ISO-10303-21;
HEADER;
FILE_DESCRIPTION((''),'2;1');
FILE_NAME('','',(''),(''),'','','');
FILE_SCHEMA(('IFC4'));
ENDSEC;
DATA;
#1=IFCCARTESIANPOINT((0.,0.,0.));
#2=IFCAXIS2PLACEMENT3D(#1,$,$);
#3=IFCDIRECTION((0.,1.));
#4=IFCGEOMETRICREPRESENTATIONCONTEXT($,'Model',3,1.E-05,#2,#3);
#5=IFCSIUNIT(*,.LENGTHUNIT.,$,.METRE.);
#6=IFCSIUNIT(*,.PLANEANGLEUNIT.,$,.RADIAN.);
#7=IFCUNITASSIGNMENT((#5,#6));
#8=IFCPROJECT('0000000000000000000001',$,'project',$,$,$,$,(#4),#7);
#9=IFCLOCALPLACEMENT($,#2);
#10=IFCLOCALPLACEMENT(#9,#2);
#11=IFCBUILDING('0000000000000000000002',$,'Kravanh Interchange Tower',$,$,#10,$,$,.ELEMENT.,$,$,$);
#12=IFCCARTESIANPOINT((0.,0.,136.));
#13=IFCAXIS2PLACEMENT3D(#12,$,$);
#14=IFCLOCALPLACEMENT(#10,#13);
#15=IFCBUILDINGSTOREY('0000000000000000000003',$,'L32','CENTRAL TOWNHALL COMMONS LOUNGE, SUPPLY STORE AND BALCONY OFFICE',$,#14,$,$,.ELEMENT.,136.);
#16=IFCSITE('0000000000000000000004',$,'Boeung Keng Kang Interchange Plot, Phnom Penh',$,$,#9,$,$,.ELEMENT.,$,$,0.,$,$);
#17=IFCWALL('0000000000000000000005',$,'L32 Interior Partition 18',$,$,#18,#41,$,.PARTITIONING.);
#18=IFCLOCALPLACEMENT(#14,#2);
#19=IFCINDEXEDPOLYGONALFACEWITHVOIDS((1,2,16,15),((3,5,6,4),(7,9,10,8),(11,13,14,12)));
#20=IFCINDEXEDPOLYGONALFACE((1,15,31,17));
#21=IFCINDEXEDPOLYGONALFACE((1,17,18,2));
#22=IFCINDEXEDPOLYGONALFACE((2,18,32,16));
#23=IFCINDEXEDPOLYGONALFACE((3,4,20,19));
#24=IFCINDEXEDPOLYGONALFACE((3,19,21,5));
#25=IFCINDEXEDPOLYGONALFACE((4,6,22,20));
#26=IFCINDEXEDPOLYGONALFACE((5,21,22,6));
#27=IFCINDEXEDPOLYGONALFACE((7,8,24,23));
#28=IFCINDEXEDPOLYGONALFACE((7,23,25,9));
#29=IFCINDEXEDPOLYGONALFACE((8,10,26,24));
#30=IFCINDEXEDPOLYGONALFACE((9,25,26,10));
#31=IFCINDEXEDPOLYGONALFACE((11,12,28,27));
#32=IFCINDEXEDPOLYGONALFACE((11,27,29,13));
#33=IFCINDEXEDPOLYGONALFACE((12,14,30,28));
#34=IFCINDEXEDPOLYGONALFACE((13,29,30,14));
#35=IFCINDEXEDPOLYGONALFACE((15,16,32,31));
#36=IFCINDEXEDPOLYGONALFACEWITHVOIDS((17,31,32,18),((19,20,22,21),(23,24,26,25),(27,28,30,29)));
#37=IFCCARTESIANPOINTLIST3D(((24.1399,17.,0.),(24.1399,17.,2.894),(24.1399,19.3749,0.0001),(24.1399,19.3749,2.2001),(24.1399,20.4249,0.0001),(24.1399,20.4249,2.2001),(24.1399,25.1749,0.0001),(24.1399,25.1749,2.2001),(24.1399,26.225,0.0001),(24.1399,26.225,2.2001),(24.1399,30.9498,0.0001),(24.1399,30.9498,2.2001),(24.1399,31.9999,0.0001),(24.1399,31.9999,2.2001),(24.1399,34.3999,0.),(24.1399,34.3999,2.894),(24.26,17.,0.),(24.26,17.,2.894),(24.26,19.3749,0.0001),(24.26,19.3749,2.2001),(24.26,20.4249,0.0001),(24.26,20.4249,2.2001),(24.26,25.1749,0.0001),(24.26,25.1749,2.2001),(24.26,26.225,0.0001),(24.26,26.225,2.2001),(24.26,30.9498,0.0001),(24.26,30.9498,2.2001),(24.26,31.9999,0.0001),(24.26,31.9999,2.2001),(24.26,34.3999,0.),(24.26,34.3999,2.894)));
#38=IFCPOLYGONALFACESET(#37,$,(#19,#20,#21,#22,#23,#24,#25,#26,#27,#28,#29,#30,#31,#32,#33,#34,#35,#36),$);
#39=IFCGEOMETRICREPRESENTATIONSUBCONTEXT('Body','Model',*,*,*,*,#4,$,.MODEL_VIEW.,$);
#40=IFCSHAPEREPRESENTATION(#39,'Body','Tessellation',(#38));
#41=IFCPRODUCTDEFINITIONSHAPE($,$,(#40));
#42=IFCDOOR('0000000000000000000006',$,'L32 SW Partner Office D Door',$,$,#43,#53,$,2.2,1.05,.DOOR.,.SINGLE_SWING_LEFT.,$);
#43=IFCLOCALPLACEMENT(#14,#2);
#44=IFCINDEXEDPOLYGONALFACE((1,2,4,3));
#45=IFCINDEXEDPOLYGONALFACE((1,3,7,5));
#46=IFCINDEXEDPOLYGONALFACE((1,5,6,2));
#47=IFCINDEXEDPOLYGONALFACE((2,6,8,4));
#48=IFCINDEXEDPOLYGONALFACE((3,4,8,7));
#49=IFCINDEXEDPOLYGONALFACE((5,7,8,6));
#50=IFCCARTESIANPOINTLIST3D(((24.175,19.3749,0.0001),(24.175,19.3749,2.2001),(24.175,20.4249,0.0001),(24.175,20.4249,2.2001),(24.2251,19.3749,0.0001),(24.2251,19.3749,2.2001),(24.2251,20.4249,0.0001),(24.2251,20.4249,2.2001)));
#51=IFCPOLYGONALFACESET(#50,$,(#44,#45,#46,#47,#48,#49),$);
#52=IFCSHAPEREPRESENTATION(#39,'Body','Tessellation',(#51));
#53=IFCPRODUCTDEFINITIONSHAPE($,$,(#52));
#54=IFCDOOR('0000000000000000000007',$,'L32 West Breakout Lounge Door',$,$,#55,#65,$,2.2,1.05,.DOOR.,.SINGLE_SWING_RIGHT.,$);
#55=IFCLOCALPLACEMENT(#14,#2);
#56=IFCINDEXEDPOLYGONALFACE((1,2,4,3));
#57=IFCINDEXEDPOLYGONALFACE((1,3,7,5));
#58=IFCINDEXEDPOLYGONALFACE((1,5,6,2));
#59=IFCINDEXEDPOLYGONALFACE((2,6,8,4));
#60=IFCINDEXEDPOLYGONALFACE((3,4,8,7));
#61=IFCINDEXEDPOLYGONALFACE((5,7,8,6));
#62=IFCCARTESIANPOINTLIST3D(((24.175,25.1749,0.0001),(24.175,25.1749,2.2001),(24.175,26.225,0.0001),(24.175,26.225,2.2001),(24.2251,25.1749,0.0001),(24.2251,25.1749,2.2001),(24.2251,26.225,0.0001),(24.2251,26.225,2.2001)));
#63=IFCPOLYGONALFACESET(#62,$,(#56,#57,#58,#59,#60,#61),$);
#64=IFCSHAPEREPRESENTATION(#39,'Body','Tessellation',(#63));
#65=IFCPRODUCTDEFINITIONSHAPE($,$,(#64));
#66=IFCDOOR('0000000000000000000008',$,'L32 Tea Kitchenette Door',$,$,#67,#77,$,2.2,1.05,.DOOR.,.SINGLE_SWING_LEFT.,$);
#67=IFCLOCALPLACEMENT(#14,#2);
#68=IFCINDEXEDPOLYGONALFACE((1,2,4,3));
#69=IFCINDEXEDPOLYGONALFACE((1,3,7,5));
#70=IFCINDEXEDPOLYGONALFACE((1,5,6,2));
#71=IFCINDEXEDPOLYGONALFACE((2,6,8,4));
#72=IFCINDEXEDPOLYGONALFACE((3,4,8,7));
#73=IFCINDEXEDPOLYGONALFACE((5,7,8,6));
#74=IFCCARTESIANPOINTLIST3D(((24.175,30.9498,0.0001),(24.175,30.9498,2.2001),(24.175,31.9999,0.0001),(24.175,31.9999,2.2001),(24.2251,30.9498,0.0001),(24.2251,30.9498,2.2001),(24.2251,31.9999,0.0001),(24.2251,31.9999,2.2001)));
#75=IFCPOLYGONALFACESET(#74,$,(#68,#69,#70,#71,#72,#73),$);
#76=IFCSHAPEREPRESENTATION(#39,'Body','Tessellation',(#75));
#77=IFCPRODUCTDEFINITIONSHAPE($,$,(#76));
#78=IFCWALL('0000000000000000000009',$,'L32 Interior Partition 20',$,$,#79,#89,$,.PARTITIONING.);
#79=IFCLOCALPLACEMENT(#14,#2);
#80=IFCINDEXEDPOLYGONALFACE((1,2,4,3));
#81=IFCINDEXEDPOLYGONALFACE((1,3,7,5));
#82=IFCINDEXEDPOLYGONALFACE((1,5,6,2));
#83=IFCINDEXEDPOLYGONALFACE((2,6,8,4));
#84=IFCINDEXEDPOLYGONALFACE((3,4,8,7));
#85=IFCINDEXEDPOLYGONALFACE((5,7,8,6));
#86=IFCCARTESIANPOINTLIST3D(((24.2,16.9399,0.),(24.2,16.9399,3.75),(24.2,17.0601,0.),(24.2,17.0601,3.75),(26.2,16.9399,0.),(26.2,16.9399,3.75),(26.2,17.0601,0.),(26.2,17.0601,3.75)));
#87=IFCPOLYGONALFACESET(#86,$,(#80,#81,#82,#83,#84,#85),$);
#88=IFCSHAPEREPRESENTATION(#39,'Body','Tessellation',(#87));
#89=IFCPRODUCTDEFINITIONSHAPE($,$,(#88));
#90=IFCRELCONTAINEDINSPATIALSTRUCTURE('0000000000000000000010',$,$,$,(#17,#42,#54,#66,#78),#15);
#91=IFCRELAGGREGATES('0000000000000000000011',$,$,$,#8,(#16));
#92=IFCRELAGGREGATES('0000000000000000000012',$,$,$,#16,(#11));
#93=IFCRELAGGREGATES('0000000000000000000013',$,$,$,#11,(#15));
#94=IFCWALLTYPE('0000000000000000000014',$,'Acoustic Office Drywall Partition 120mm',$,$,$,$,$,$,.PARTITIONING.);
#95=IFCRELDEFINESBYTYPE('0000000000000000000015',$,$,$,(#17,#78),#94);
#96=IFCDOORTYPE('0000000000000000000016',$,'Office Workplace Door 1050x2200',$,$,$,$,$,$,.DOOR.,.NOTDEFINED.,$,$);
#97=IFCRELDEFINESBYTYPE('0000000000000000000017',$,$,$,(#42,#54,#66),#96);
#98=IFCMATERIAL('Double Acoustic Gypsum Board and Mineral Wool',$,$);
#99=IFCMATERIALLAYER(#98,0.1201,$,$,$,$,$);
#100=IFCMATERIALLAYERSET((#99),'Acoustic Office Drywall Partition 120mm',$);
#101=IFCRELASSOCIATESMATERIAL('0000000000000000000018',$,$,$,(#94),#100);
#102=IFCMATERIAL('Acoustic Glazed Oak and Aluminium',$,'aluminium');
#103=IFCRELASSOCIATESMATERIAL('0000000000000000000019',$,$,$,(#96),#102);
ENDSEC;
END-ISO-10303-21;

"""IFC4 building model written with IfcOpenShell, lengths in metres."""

from ifc_helpers import new_model, si_unit, direction, frame, frame_2d, origin, place, context, subcontext, project, spatial, rectangle, extrude, material, layer, layer_set, type_object, element, fill, save


model = new_model("IFC4")

# Units and contexts
model_context = context("Model", 3, precision=1e-05, world=origin(), true_north=direction((0.0, 1.0)))
body_context = subcontext(model_context, "Body", "Model", "MODEL_VIEW")
ifc_project = project(units=[si_unit("LENGTHUNIT", "METRE"), si_unit("PLANEANGLEUNIT", "RADIAN")], contexts=[model_context])

# Site, building, storey
site_placement = place(None, origin())
site = spatial("IfcSite", under=ifc_project, at=site_placement, Name="Boeung Keng Kang Interchange Plot, Phnom Penh", CompositionType="ELEMENT", RefElevation=0.0)
building_placement = place(site_placement, origin())
building = spatial("IfcBuilding", under=site, at=building_placement, Name="Kravanh Interchange Tower", CompositionType="ELEMENT")
storey_placement = place(building_placement, frame((0.0, 0.0, 136.0)))
storey = spatial("IfcBuildingStorey", under=building, at=storey_placement, Name="L32", Description="CENTRAL TOWNHALL COMMONS LOUNGE, SUPPLY STORE AND BALCONY OFFICE", CompositionType="ELEMENT", Elevation=136.0)

# Wall, openings, doors
ifc_material_1 = material(Name="Double Acoustic Gypsum Board and Mineral Wool")
ifc_layer_1 = layer(ifc_material_1, 0.1201)
ifc_layer_set_1 = layer_set([ifc_layer_1], Name="Acoustic Office Drywall Partition 120mm")
wall_type = type_object("IfcWallType", Name="Acoustic Office Drywall Partition 120mm", PredefinedType="PARTITIONING", material=ifc_layer_set_1)
wall_1_placement = place(storey_placement, frame((24.2, 17.0, 0.0), z_axis=(0.0, 0.0, 1.0), x_axis=(0.0, 1.0, 0.0)))
wall_1 = element("IfcWall", 1, at=wall_1_placement, inside=storey, type_object=wall_type, Name="L32 Interior Partition 18", PredefinedType="PARTITIONING", context=body_context, shape_type="SweptSolid", body=[
    extrude(rectangle(XDim=17.3999, YDim=0.1201, at=frame_2d((8.7, 0.0))), origin(), (0.0, 0.0, 1.0), 2.894),
])
opening_1_placement = place(wall_1_placement, frame((2.375, 0.0, 0.0)))
opening_1 = element("IfcOpeningElement", 2, at=opening_1_placement, cuts=wall_1, PredefinedType="OPENING", context=body_context, shape_type="SweptSolid", body=[
    extrude(rectangle(XDim=1.05, YDim=2.2, at=frame_2d((0.5249, 1.1001))), frame((0.0, 0.0701, 0.0), z_axis=(0.0, -1.0, 0.0), x_axis=(1.0, 0.0, 0.0)), (0.0, 0.0, 1.0), 0.1401),
])
opening_2_placement = place(wall_1_placement, frame((8.175, 0.0, 0.0)))
opening_2 = element("IfcOpeningElement", 3, at=opening_2_placement, cuts=wall_1, PredefinedType="OPENING", context=body_context, shape_type="SweptSolid", body=[
    extrude(rectangle(XDim=1.05, YDim=2.2, at=frame_2d((0.5249, 1.1001))), frame((0.0, 0.0701, 0.0), z_axis=(0.0, -1.0, 0.0), x_axis=(1.0, 0.0, 0.0)), (0.0, 0.0, 1.0), 0.1401),
])
opening_3_placement = place(wall_1_placement, frame((13.95, 0.0, 0.0)))
opening_3 = element("IfcOpeningElement", 4, at=opening_3_placement, cuts=wall_1, PredefinedType="OPENING", context=body_context, shape_type="SweptSolid", body=[
    extrude(rectangle(XDim=1.05, YDim=2.2, at=frame_2d((0.5249, 1.1001))), frame((0.0, 0.0701, 0.0), z_axis=(0.0, -1.0, 0.0), x_axis=(1.0, 0.0, 0.0)), (0.0, 0.0, 1.0), 0.1401),
])
ifc_material_2 = material(Name="Acoustic Glazed Oak and Aluminium", Category="aluminium")
door_type = type_object("IfcDoorType", Name="Office Workplace Door 1050x2200", OperationType="NOTDEFINED", PredefinedType="DOOR", material=ifc_material_2)
door_1_placement = place(opening_1_placement, origin())
door_1 = element("IfcDoor", 5, at=door_1_placement, inside=storey, type_object=door_type, Name="L32 SW Partner Office D Door", OperationType="SINGLE_SWING_LEFT", OverallHeight=2.2, OverallWidth=1.05, PredefinedType="DOOR", context=body_context, shape_type="SweptSolid", body=[
    extrude(rectangle(XDim=1.05, YDim=2.2, at=frame_2d((0.5249, 1.1001))), frame((0.0, 0.0249, 0.0), z_axis=(0.0, -1.0, 0.0), x_axis=(1.0, 0.0, 0.0)), (0.0, 0.0, 1.0), 0.05),
])
fill(opening_1, door_1)
door_2_placement = place(opening_2_placement, origin())
door_2 = element("IfcDoor", 6, at=door_2_placement, inside=storey, type_object=door_type, Name="L32 West Breakout Lounge Door", OperationType="SINGLE_SWING_RIGHT", OverallHeight=2.2, OverallWidth=1.05, PredefinedType="DOOR", context=body_context, shape_type="SweptSolid", body=[
    extrude(rectangle(XDim=1.05, YDim=2.2, at=frame_2d((0.5249, 1.1001))), frame((0.0, 0.0249, 0.0), z_axis=(0.0, -1.0, 0.0), x_axis=(1.0, 0.0, 0.0)), (0.0, 0.0, 1.0), 0.05),
])
fill(opening_2, door_2)
door_3_placement = place(opening_3_placement, origin())
door_3 = element("IfcDoor", 7, at=door_3_placement, inside=storey, type_object=door_type, Name="L32 Tea Kitchenette Door", OperationType="SINGLE_SWING_LEFT", OverallHeight=2.2, OverallWidth=1.05, PredefinedType="DOOR", context=body_context, shape_type="SweptSolid", body=[
    extrude(rectangle(XDim=1.05, YDim=2.2, at=frame_2d((0.5249, 1.1001))), frame((0.0, 0.0249, 0.0), z_axis=(0.0, -1.0, 0.0), x_axis=(1.0, 0.0, 0.0)), (0.0, 0.0, 1.0), 0.05),
])
fill(opening_3, door_3)

# Wall
wall_2_placement = place(storey_placement, frame((24.2, 17.0, 0.0), z_axis=(0.0, 0.0, 1.0), x_axis=(1.0, 0.0, 0.0)))
element("IfcWall", 8, at=wall_2_placement, inside=storey, type_object=wall_type, Name="L32 Interior Partition 20", PredefinedType="PARTITIONING", context=body_context, shape_type="SweptSolid", body=[
    extrude(rectangle(XDim=2.0, YDim=0.1201, at=frame_2d((1.0, 0.0))), origin(), (0.0, 0.0, 1.0), 3.75),
])

save(model, "model.ifc")
